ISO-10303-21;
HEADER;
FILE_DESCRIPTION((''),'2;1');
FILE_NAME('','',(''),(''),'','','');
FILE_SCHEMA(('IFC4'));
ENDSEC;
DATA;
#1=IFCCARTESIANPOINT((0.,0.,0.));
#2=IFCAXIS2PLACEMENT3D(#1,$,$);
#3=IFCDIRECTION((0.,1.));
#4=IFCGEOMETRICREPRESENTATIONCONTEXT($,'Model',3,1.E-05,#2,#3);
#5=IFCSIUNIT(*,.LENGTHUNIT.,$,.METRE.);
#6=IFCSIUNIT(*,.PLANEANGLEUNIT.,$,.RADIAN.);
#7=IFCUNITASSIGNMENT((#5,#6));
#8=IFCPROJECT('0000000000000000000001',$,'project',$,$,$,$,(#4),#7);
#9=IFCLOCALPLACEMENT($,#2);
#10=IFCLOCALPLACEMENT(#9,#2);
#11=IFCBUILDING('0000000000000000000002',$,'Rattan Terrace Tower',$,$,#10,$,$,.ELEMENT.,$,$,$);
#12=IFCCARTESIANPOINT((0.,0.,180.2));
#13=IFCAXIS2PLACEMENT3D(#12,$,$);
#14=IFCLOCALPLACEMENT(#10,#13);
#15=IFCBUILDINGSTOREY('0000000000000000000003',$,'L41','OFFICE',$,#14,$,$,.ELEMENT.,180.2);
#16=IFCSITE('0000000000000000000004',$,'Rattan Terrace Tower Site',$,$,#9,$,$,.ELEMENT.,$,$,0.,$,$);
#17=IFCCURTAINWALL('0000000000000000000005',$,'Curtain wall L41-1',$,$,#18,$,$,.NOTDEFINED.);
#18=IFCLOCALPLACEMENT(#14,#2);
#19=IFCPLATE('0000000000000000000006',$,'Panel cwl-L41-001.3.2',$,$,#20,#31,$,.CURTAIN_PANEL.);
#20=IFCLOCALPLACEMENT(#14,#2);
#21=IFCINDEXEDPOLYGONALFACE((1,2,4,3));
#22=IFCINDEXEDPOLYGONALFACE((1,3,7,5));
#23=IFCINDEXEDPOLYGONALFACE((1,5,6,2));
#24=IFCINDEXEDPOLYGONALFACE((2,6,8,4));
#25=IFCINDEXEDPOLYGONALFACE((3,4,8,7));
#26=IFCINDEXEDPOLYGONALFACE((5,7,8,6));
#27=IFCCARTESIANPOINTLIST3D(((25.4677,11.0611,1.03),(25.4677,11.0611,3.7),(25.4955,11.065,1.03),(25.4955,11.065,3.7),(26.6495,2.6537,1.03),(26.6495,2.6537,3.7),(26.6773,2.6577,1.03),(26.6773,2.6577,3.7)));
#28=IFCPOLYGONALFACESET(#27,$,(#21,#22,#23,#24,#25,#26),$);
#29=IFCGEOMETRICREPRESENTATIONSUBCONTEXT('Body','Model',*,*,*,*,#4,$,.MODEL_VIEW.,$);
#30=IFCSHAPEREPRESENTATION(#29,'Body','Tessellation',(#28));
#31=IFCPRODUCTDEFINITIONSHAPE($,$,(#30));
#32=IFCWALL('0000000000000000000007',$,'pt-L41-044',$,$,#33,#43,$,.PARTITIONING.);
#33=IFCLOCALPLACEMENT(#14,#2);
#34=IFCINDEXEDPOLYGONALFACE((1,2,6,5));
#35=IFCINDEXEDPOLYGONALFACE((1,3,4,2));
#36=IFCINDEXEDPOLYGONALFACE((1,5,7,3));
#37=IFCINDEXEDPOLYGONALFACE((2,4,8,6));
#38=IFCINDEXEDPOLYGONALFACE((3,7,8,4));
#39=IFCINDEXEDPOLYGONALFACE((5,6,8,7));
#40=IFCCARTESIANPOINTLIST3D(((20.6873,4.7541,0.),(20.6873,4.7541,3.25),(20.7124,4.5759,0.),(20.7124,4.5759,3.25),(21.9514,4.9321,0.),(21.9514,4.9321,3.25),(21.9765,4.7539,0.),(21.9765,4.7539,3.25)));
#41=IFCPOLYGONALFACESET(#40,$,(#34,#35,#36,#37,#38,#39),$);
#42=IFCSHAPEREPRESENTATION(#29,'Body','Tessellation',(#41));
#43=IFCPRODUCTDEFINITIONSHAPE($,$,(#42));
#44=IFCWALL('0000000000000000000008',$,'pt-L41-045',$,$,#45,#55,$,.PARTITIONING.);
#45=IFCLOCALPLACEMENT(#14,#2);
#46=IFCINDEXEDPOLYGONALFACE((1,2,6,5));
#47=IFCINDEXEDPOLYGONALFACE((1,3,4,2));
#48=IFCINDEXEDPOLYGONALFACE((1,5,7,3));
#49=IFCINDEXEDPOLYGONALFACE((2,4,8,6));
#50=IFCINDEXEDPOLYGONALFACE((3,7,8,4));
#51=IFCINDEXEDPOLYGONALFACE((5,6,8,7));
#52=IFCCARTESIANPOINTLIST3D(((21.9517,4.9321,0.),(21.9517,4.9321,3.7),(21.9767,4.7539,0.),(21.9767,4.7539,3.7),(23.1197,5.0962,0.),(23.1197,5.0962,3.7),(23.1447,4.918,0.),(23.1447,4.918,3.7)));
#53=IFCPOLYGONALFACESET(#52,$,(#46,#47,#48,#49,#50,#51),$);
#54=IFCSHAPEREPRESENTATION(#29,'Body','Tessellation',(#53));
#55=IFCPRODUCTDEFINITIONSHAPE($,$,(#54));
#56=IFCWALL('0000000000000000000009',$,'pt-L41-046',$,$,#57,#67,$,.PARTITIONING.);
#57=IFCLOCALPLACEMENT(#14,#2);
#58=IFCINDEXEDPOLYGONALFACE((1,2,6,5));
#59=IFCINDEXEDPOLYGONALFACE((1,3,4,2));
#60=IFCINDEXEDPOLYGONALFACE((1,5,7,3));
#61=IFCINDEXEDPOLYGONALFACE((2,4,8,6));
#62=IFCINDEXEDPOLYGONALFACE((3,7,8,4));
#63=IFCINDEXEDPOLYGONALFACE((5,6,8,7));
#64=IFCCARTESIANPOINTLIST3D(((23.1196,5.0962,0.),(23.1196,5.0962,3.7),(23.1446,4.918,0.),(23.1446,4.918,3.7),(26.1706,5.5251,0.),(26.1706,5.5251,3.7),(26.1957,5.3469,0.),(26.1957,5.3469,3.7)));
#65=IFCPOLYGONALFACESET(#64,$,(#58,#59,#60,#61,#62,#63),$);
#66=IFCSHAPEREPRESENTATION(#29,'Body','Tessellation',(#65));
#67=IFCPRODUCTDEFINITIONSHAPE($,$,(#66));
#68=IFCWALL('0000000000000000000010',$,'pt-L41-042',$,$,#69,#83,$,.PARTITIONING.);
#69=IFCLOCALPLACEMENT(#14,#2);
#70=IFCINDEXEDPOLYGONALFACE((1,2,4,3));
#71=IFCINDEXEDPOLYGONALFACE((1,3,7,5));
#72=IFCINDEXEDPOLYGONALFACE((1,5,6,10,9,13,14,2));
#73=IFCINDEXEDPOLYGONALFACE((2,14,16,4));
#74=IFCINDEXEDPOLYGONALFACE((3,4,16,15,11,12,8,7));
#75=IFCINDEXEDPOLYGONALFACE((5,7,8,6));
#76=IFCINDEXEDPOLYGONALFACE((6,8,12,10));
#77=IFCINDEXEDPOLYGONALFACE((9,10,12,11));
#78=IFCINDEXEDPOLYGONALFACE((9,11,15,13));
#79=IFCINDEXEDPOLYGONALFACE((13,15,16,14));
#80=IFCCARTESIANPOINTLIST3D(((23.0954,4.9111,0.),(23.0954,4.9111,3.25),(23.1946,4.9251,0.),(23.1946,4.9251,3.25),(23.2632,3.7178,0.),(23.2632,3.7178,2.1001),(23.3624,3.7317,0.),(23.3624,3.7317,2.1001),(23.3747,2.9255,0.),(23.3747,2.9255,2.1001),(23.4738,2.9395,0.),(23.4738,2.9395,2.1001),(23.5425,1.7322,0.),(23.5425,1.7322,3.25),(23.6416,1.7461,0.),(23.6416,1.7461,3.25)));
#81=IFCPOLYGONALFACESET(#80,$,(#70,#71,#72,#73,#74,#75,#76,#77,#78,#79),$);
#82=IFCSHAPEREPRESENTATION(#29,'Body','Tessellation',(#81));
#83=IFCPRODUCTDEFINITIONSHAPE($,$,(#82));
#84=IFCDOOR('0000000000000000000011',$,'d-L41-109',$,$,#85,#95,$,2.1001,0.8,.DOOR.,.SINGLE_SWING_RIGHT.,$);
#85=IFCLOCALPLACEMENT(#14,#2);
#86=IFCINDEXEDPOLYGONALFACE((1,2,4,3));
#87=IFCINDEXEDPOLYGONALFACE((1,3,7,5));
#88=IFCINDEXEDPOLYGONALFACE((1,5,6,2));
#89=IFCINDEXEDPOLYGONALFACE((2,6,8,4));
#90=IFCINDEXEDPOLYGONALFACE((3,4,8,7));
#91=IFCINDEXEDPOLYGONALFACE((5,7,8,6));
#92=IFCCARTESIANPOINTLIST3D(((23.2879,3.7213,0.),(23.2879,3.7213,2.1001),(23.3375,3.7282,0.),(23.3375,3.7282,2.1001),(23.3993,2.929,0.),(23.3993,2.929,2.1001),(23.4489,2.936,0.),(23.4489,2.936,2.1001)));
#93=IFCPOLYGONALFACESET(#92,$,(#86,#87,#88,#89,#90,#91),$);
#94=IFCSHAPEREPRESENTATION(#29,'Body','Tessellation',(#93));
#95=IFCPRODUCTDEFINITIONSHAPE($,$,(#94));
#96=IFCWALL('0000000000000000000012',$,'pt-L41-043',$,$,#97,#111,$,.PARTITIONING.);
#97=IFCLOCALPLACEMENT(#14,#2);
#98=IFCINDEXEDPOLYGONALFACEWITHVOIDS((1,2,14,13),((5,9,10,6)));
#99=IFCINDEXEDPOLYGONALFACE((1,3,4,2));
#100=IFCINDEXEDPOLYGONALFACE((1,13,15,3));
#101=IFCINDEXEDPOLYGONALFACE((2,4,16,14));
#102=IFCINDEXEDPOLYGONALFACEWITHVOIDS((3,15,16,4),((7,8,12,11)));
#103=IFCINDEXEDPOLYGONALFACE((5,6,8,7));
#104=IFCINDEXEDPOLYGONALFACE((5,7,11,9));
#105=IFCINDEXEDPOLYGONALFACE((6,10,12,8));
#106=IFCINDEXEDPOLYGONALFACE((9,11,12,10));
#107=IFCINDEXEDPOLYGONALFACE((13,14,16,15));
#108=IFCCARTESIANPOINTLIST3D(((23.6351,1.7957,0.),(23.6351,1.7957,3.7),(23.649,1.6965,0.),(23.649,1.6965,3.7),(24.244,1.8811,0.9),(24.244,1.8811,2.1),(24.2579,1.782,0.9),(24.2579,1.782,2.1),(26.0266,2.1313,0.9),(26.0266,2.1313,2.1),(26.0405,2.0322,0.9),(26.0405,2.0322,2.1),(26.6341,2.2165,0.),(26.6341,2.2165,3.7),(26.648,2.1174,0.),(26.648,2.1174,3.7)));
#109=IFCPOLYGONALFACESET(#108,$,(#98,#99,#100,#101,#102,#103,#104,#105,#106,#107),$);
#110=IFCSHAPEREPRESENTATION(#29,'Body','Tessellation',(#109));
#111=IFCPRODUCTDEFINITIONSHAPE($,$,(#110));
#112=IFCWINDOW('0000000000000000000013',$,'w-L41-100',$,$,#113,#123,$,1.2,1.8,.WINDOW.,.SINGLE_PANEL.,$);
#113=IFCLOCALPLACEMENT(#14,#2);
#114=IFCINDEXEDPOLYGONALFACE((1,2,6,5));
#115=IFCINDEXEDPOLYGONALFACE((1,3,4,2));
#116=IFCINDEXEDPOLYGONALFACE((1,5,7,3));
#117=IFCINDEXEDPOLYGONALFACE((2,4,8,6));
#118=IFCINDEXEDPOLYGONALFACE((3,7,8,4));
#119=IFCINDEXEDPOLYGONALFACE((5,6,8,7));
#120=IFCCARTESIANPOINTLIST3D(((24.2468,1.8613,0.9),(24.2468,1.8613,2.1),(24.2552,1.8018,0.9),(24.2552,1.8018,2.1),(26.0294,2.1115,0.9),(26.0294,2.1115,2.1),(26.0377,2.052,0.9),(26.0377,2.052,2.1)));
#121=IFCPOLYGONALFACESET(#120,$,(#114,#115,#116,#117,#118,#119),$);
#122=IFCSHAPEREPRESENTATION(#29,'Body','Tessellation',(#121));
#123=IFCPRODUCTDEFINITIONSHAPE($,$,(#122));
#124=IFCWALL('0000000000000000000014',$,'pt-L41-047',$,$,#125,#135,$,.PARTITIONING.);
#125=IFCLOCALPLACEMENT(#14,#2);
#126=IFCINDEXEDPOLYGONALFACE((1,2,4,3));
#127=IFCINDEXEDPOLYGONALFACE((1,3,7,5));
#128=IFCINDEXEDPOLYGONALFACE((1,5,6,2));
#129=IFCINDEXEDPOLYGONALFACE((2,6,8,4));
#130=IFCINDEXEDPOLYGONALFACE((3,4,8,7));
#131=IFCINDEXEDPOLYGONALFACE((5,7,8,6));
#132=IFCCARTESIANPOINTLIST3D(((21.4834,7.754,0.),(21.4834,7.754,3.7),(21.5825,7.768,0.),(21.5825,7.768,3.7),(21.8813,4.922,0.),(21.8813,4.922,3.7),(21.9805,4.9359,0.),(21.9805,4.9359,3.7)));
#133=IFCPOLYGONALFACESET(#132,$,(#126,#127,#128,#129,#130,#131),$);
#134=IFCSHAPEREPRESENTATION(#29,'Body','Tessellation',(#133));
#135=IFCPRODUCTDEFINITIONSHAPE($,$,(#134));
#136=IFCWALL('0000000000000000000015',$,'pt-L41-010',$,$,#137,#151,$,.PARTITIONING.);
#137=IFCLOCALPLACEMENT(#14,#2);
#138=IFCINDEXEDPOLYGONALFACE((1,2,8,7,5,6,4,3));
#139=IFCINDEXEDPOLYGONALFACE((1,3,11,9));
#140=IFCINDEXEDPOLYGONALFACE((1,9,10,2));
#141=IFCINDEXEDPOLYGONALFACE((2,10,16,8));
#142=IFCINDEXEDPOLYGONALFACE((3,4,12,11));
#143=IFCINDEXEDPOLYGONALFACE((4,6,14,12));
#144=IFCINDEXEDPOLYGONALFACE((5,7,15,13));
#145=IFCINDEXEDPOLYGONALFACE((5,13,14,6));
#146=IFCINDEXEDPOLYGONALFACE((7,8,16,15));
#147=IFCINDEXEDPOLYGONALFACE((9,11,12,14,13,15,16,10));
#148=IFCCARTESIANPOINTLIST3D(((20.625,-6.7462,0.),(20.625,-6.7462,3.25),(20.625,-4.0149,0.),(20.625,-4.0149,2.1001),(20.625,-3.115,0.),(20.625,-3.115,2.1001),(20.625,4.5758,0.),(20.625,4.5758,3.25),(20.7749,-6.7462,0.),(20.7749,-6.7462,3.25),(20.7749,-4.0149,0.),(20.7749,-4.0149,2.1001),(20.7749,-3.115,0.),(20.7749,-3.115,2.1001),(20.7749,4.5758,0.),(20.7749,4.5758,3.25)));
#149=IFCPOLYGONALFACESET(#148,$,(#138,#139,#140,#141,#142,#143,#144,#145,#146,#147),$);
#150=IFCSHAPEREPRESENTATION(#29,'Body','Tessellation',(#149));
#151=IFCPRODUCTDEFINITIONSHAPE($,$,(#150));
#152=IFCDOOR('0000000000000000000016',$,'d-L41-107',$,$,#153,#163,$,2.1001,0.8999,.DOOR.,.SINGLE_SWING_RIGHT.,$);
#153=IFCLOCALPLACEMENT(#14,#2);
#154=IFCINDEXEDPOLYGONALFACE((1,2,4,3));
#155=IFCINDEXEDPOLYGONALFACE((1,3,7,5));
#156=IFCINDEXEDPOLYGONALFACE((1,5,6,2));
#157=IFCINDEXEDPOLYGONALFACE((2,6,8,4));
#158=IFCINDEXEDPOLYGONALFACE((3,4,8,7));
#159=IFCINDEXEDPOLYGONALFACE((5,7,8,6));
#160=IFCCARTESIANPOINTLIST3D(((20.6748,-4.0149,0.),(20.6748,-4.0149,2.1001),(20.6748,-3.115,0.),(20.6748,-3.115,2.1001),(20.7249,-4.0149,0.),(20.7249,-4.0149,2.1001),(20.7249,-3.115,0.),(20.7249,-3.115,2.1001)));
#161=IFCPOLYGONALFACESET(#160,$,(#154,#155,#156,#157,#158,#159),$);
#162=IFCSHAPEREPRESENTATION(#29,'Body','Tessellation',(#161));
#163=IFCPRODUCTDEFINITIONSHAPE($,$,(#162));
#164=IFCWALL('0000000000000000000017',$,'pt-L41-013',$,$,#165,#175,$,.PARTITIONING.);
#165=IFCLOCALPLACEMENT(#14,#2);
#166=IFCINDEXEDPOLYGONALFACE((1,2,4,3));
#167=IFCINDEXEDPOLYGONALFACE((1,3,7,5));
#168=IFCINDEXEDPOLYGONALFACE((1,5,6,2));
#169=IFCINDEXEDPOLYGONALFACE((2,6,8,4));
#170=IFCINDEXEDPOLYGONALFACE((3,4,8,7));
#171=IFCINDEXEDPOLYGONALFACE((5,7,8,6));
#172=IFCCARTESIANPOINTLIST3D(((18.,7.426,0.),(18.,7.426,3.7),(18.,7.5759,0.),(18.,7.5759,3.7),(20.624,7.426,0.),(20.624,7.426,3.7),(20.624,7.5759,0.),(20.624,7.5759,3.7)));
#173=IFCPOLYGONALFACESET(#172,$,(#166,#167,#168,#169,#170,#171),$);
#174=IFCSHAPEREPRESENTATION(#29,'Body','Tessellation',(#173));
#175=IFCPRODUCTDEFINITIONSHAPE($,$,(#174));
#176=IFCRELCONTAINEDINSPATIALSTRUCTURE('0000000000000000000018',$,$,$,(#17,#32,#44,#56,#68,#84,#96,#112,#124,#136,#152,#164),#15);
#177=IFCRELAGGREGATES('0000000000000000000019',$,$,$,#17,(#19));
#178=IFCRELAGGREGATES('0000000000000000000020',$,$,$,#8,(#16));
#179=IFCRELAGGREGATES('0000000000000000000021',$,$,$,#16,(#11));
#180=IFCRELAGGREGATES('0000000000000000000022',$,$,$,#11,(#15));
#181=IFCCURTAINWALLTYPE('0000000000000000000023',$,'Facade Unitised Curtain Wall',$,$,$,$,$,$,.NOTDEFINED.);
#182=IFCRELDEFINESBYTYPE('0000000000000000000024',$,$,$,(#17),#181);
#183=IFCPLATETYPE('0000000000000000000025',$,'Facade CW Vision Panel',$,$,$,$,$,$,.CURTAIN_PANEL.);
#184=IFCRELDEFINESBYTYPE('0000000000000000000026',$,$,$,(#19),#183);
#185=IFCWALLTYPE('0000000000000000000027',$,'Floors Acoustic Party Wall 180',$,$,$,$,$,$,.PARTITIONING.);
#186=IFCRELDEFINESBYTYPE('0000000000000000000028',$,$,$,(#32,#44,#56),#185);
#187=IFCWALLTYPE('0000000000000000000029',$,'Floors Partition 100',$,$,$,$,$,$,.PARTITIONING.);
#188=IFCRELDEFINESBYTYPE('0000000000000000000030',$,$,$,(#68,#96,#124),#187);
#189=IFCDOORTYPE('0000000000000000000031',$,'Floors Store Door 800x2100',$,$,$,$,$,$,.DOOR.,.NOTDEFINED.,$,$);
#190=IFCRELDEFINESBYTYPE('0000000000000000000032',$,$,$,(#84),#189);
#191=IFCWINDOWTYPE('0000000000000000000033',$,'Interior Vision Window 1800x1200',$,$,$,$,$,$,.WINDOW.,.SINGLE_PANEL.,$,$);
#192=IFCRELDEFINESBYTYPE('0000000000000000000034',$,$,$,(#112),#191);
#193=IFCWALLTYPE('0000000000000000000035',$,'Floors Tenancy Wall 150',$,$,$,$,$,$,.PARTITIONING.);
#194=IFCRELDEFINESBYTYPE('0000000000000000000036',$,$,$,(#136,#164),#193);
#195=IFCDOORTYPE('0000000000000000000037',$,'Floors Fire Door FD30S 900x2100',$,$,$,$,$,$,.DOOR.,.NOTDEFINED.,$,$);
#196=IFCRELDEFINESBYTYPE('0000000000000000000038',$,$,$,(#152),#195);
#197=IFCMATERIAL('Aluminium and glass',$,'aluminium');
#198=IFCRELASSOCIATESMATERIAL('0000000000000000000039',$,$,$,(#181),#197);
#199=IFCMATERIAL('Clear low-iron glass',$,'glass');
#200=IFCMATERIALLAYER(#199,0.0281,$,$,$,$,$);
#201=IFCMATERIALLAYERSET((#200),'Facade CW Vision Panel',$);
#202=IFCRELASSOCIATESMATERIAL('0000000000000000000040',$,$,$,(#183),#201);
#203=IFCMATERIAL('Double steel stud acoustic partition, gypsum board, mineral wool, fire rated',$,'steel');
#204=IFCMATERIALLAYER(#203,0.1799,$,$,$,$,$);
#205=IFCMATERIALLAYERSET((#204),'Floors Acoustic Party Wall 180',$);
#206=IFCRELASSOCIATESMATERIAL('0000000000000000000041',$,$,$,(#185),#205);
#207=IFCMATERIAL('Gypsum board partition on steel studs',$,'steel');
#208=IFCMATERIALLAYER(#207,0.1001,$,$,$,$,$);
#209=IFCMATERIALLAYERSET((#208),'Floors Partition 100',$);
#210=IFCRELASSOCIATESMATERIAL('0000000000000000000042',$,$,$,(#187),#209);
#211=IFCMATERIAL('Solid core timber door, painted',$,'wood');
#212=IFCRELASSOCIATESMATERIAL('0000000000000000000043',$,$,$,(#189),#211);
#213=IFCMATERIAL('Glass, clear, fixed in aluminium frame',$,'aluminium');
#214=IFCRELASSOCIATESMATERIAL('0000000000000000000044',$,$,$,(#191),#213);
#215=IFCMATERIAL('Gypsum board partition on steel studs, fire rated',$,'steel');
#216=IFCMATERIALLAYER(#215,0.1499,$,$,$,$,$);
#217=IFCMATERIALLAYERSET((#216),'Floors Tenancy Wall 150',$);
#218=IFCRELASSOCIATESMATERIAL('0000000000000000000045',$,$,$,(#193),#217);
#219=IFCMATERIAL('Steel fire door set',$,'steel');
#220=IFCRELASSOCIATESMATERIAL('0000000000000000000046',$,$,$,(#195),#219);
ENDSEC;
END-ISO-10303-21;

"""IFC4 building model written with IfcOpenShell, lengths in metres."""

from ifc_helpers import new_model, si_unit, direction, frame, frame_2d, origin, origin_2d, place, context, subcontext, project, spatial, rectangle, extrude, material, layer, layer_set, type_object, element, fill, aggregate, save


model = new_model("IFC4")

# Units and contexts
model_context = context("Model", 3, precision=1e-05, world=origin(), true_north=direction((0.0, 1.0)))
body_context = subcontext(model_context, "Body", "Model", "MODEL_VIEW")
ifc_project = project(units=[si_unit("LENGTHUNIT", "METRE"), si_unit("PLANEANGLEUNIT", "RADIAN")], contexts=[model_context])

# Site, building, storey
site_placement = place(None, origin())
site = spatial("IfcSite", under=ifc_project, at=site_placement, Name="Rattan Terrace Tower Site", CompositionType="ELEMENT", RefElevation=0.0)
building_placement = place(site_placement, origin())
building = spatial("IfcBuilding", under=site, at=building_placement, Name="Rattan Terrace Tower", CompositionType="ELEMENT")
storey_placement = place(building_placement, frame((0.0, 0.0, 180.2)))
storey = spatial("IfcBuildingStorey", under=building, at=storey_placement, Name="L41", Description="OFFICE", CompositionType="ELEMENT", Elevation=180.2)

# Curtain wall
ifc_material_1 = material(Name="Aluminium and glass", Category="aluminium")
curtain_wall_type = type_object("IfcCurtainWallType", Name="Facade Unitised Curtain Wall", PredefinedType="NOTDEFINED", material=ifc_material_1)
curtain_wall_placement = place(storey_placement, origin())
curtain_wall = element("IfcCurtainWall", 1, at=curtain_wall_placement, inside=storey, type_object=curtain_wall_type, Name="Curtain wall L41-1", PredefinedType="NOTDEFINED")

# Plate
ifc_material_2 = material(Name="Clear low-iron glass", Category="glass")
ifc_layer_1 = layer(ifc_material_2, 0.0281)
ifc_layer_set_1 = layer_set([ifc_layer_1], Name="Facade CW Vision Panel")
plate_type_1 = type_object("IfcPlateType", Name="Facade CW Vision Panel", PredefinedType="CURTAIN_PANEL", material=ifc_layer_set_1)
plate_1_placement = place(storey_placement, frame((26.0725, 6.8594, 1.03), z_axis=(0.0, 0.0, 1.0), x_axis=(-0.139191, 0.990266, 0.0)))
plate_1 = element("IfcPlate", 2, at=plate_1_placement, type_object=plate_type_1, Name="Panel cwl-L41-001.3.2", PredefinedType="CURTAIN_PANEL", context=body_context, shape_type="SweptSolid", body=[
    extrude(rectangle(XDim=8.49, YDim=0.0281, at=origin_2d()), origin(), (0.0, 0.0, 1.0), 2.6699),
])
aggregate(curtain_wall, [plate_1])

# Walls
ifc_material_3 = material(Name="Double steel stud acoustic partition, gypsum board, mineral wool, fire rated", Category="steel")
ifc_layer_2 = layer(ifc_material_3, 0.1799)
ifc_layer_set_2 = layer_set([ifc_layer_2], Name="Floors Acoustic Party Wall 180")
wall_type_1 = type_object("IfcWallType", Name="Floors Acoustic Party Wall 180", PredefinedType="PARTITIONING", material=ifc_layer_set_2)
wall_1_placement = place(storey_placement, frame((20.7, 4.665, 0.0), z_axis=(0.0, 0.0, 1.0), x_axis=(0.990234, 0.139413, 0.0)))
element("IfcWall", 3, at=wall_1_placement, inside=storey, type_object=wall_type_1, Name="pt-L41-044", PredefinedType="PARTITIONING", context=body_context, shape_type="SweptSolid", body=[
    extrude(rectangle(XDim=1.2766, YDim=0.1799, at=frame_2d((0.6382, 0.0))), origin(), (0.0, 0.0, 1.0), 3.25),
])
wall_2_placement = place(storey_placement, frame((21.9641, 4.843, 0.0), z_axis=(0.0, 0.0, 1.0), x_axis=(0.990278, 0.139103, 0.0)))
element("IfcWall", 4, at=wall_2_placement, inside=storey, type_object=wall_type_1, Name="pt-L41-045", PredefinedType="PARTITIONING", context=body_context, shape_type="SweptSolid", body=[
    extrude(rectangle(XDim=1.1794, YDim=0.1799, at=frame_2d((0.5898, 0.0))), origin(), (0.0, 0.0, 1.0), 3.7),
])
wall_3_placement = place(storey_placement, frame((23.1321, 5.0071, 0.0), z_axis=(0.0, 0.0, 1.0), x_axis=(0.990261, 0.139224, 0.0)))
element("IfcWall", 5, at=wall_3_placement, inside=storey, type_object=wall_type_1, Name="pt-L41-046", PredefinedType="PARTITIONING", context=body_context, shape_type="SweptSolid", body=[
    extrude(rectangle(XDim=3.0811, YDim=0.1799, at=frame_2d((1.5405, 0.0))), origin(), (0.0, 0.0, 1.0), 3.7),
])

# Wall, opening, door
ifc_material_4 = material(Name="Gypsum board partition on steel studs", Category="steel")
ifc_layer_3 = layer(ifc_material_4, 0.1001)
ifc_layer_set_3 = layer_set([ifc_layer_3], Name="Floors Partition 100")
wall_type_2 = type_object("IfcWallType", Name="Floors Partition 100", PredefinedType="PARTITIONING", material=ifc_layer_set_3)
wall_4_placement = place(storey_placement, frame((23.145, 4.918, 0.0), z_axis=(0.0, 0.0, 1.0), x_axis=(0.139249, -0.990257, 0.0)))
wall_4 = element("IfcWall", 6, at=wall_4_placement, inside=storey, type_object=wall_type_2, Name="pt-L41-042", PredefinedType="PARTITIONING", context=body_context, shape_type="SweptSolid", body=[
    extrude(rectangle(XDim=3.2102, YDim=0.1001, at=frame_2d((1.605, 0.0))), origin(), (0.0, 0.0, 1.0), 3.25),
])
opening_1_placement = place(wall_4_placement, frame((1.2051, 0.0, 0.0)))
opening_1 = element("IfcOpeningElement", 7, at=opening_1_placement, cuts=wall_4, PredefinedType="OPENING", context=body_context, shape_type="SweptSolid", body=[
    extrude(rectangle(XDim=0.8, YDim=2.1001, at=frame_2d((0.3999, 1.05))), frame((0.0, 0.0605, 0.0), z_axis=(0.0, -1.0, 0.0), x_axis=(1.0, 0.0, 0.0)), (0.0, 0.0, 1.0), 0.1211),
])
ifc_material_5 = material(Name="Solid core timber door, painted", Category="wood")
door_type_1 = type_object("IfcDoorType", Name="Floors Store Door 800x2100", OperationType="NOTDEFINED", PredefinedType="DOOR", material=ifc_material_5)
door_1_placement = place(opening_1_placement, origin())
door_1 = element("IfcDoor", 8, at=door_1_placement, inside=storey, type_object=door_type_1, Name="d-L41-109", OperationType="SINGLE_SWING_RIGHT", OverallHeight=2.1001, OverallWidth=0.8, PredefinedType="DOOR", context=body_context, shape_type="SweptSolid", body=[
    extrude(rectangle(XDim=0.8, YDim=2.1001, at=frame_2d((0.3999, 1.05))), frame((0.0, 0.0249, 0.0), z_axis=(0.0, -1.0, 0.0), x_axis=(1.0, 0.0, 0.0)), (0.0, 0.0, 1.0), 0.05),
])
fill(opening_1, door_1)

# Wall, opening, window
wall_5_placement = place(storey_placement, frame((23.6421, 1.7461, 0.0), z_axis=(0.0, 0.0, 1.0), x_axis=(0.990295, 0.138983, 0.0)))
wall_5 = element("IfcWall", 9, at=wall_5_placement, inside=storey, type_object=wall_type_2, Name="pt-L41-043", PredefinedType="PARTITIONING", context=body_context, shape_type="SweptSolid", body=[
    extrude(rectangle(XDim=3.0283, YDim=0.1001, at=frame_2d((1.5142, 0.0))), origin(), (0.0, 0.0, 1.0), 3.7),
])
opening_2_placement = place(wall_5_placement, frame((0.615, 0.0, 0.8999)))
opening_2 = element("IfcOpeningElement", 10, at=opening_2_placement, cuts=wall_5, PredefinedType="OPENING", context=body_context, shape_type="SweptSolid", body=[
    extrude(rectangle(XDim=1.8, YDim=1.2, at=frame_2d((0.8999, 0.6001))), frame((0.0, 0.0605, 0.0), z_axis=(0.0, -1.0, 0.0), x_axis=(1.0, 0.0, 0.0)), (0.0, 0.0, 1.0), 0.1211),
])
ifc_material_6 = material(Name="Glass, clear, fixed in aluminium frame", Category="aluminium")
window_type = type_object("IfcWindowType", Name="Interior Vision Window 1800x1200", PartitioningType="SINGLE_PANEL", PredefinedType="WINDOW", material=ifc_material_6)
window_placement = place(opening_2_placement, origin())
window = element("IfcWindow", 11, at=window_placement, inside=storey, type_object=window_type, Name="w-L41-100", OverallHeight=1.2, OverallWidth=1.8, PartitioningType="SINGLE_PANEL", PredefinedType="WINDOW", context=body_context, shape_type="SweptSolid", body=[
    extrude(rectangle(XDim=1.8, YDim=1.2, at=frame_2d((0.8999, 0.6001))), frame((0.0, 0.03, 0.0), z_axis=(0.0, -1.0, 0.0), x_axis=(1.0, 0.0, 0.0)), (0.0, 0.0, 1.0), 0.0601),
])
fill(opening_2, window)

# Wall
wall_6_placement = place(storey_placement, frame((21.533, 7.761, 0.0), z_axis=(0.0, 0.0, 1.0), x_axis=(0.13915, -0.990271, 0.0)))
element("IfcWall", 12, at=wall_6_placement, inside=storey, type_object=wall_type_2, Name="pt-L41-047", PredefinedType="PARTITIONING", context=body_context, shape_type="SweptSolid", body=[
    extrude(rectangle(XDim=2.8599, YDim=0.1001, at=frame_2d((1.4299, 0.0))), origin(), (0.0, 0.0, 1.0), 3.7),
])

# Wall, opening, door
ifc_material_7 = material(Name="Gypsum board partition on steel studs, fire rated", Category="steel")
ifc_layer_4 = layer(ifc_material_7, 0.1499)
ifc_layer_set_4 = layer_set([ifc_layer_4], Name="Floors Tenancy Wall 150")
wall_type_3 = type_object("IfcWallType", Name="Floors Tenancy Wall 150", PredefinedType="PARTITIONING", material=ifc_layer_set_4)
wall_7_placement = place(storey_placement, frame((20.7, 4.5759, 0.0), z_axis=(0.0, 0.0, 1.0), x_axis=(0.0, -1.0, 0.0)))
wall_7 = element("IfcWall", 13, at=wall_7_placement, inside=storey, type_object=wall_type_3, Name="pt-L41-010", PredefinedType="PARTITIONING", context=body_context, shape_type="SweptSolid", body=[
    extrude(rectangle(XDim=11.322, YDim=0.1499, at=frame_2d((5.6611, 0.0))), origin(), (0.0, 0.0, 1.0), 3.25),
])
opening_3_placement = place(wall_7_placement, frame((7.6909, 0.0, 0.0)))
opening_3 = element("IfcOpeningElement", 14, at=opening_3_placement, cuts=wall_7, PredefinedType="OPENING", context=body_context, shape_type="SweptSolid", body=[
    extrude(rectangle(XDim=0.8999, YDim=2.1001, at=frame_2d((0.45, 1.05))), frame((0.0, 0.0854, 0.0), z_axis=(0.0, -1.0, 0.0), x_axis=(1.0, 0.0, 0.0)), (0.0, 0.0, 1.0), 0.1709),
])
ifc_material_8 = material(Name="Steel fire door set", Category="steel")
door_type_2 = type_object("IfcDoorType", Name="Floors Fire Door FD30S 900x2100", OperationType="NOTDEFINED", PredefinedType="DOOR", material=ifc_material_8)
door_2_placement = place(opening_3_placement, origin())
door_2 = element("IfcDoor", 15, at=door_2_placement, inside=storey, type_object=door_type_2, Name="d-L41-107", OperationType="SINGLE_SWING_RIGHT", OverallHeight=2.1001, OverallWidth=0.8999, PredefinedType="DOOR", context=body_context, shape_type="SweptSolid", body=[
    extrude(rectangle(XDim=0.8999, YDim=2.1001, at=frame_2d((0.45, 1.05))), frame((0.0, 0.0249, 0.0), z_axis=(0.0, -1.0, 0.0), x_axis=(1.0, 0.0, 0.0)), (0.0, 0.0, 1.0), 0.05),
])
fill(opening_3, door_2)

# Wall
wall_8_placement = place(storey_placement, frame((18.0, 7.501, 0.0), z_axis=(0.0, 0.0, 1.0), x_axis=(1.0, 0.0, 0.0)))
element("IfcWall", 16, at=wall_8_placement, inside=storey, type_object=wall_type_3, Name="pt-L41-013", PredefinedType="PARTITIONING", context=body_context, shape_type="SweptSolid", body=[
    extrude(rectangle(XDim=2.624, YDim=0.1499, at=frame_2d((1.312, 0.0))), origin(), (0.0, 0.0, 1.0), 3.7),
])

save(model, "model.ifc")
